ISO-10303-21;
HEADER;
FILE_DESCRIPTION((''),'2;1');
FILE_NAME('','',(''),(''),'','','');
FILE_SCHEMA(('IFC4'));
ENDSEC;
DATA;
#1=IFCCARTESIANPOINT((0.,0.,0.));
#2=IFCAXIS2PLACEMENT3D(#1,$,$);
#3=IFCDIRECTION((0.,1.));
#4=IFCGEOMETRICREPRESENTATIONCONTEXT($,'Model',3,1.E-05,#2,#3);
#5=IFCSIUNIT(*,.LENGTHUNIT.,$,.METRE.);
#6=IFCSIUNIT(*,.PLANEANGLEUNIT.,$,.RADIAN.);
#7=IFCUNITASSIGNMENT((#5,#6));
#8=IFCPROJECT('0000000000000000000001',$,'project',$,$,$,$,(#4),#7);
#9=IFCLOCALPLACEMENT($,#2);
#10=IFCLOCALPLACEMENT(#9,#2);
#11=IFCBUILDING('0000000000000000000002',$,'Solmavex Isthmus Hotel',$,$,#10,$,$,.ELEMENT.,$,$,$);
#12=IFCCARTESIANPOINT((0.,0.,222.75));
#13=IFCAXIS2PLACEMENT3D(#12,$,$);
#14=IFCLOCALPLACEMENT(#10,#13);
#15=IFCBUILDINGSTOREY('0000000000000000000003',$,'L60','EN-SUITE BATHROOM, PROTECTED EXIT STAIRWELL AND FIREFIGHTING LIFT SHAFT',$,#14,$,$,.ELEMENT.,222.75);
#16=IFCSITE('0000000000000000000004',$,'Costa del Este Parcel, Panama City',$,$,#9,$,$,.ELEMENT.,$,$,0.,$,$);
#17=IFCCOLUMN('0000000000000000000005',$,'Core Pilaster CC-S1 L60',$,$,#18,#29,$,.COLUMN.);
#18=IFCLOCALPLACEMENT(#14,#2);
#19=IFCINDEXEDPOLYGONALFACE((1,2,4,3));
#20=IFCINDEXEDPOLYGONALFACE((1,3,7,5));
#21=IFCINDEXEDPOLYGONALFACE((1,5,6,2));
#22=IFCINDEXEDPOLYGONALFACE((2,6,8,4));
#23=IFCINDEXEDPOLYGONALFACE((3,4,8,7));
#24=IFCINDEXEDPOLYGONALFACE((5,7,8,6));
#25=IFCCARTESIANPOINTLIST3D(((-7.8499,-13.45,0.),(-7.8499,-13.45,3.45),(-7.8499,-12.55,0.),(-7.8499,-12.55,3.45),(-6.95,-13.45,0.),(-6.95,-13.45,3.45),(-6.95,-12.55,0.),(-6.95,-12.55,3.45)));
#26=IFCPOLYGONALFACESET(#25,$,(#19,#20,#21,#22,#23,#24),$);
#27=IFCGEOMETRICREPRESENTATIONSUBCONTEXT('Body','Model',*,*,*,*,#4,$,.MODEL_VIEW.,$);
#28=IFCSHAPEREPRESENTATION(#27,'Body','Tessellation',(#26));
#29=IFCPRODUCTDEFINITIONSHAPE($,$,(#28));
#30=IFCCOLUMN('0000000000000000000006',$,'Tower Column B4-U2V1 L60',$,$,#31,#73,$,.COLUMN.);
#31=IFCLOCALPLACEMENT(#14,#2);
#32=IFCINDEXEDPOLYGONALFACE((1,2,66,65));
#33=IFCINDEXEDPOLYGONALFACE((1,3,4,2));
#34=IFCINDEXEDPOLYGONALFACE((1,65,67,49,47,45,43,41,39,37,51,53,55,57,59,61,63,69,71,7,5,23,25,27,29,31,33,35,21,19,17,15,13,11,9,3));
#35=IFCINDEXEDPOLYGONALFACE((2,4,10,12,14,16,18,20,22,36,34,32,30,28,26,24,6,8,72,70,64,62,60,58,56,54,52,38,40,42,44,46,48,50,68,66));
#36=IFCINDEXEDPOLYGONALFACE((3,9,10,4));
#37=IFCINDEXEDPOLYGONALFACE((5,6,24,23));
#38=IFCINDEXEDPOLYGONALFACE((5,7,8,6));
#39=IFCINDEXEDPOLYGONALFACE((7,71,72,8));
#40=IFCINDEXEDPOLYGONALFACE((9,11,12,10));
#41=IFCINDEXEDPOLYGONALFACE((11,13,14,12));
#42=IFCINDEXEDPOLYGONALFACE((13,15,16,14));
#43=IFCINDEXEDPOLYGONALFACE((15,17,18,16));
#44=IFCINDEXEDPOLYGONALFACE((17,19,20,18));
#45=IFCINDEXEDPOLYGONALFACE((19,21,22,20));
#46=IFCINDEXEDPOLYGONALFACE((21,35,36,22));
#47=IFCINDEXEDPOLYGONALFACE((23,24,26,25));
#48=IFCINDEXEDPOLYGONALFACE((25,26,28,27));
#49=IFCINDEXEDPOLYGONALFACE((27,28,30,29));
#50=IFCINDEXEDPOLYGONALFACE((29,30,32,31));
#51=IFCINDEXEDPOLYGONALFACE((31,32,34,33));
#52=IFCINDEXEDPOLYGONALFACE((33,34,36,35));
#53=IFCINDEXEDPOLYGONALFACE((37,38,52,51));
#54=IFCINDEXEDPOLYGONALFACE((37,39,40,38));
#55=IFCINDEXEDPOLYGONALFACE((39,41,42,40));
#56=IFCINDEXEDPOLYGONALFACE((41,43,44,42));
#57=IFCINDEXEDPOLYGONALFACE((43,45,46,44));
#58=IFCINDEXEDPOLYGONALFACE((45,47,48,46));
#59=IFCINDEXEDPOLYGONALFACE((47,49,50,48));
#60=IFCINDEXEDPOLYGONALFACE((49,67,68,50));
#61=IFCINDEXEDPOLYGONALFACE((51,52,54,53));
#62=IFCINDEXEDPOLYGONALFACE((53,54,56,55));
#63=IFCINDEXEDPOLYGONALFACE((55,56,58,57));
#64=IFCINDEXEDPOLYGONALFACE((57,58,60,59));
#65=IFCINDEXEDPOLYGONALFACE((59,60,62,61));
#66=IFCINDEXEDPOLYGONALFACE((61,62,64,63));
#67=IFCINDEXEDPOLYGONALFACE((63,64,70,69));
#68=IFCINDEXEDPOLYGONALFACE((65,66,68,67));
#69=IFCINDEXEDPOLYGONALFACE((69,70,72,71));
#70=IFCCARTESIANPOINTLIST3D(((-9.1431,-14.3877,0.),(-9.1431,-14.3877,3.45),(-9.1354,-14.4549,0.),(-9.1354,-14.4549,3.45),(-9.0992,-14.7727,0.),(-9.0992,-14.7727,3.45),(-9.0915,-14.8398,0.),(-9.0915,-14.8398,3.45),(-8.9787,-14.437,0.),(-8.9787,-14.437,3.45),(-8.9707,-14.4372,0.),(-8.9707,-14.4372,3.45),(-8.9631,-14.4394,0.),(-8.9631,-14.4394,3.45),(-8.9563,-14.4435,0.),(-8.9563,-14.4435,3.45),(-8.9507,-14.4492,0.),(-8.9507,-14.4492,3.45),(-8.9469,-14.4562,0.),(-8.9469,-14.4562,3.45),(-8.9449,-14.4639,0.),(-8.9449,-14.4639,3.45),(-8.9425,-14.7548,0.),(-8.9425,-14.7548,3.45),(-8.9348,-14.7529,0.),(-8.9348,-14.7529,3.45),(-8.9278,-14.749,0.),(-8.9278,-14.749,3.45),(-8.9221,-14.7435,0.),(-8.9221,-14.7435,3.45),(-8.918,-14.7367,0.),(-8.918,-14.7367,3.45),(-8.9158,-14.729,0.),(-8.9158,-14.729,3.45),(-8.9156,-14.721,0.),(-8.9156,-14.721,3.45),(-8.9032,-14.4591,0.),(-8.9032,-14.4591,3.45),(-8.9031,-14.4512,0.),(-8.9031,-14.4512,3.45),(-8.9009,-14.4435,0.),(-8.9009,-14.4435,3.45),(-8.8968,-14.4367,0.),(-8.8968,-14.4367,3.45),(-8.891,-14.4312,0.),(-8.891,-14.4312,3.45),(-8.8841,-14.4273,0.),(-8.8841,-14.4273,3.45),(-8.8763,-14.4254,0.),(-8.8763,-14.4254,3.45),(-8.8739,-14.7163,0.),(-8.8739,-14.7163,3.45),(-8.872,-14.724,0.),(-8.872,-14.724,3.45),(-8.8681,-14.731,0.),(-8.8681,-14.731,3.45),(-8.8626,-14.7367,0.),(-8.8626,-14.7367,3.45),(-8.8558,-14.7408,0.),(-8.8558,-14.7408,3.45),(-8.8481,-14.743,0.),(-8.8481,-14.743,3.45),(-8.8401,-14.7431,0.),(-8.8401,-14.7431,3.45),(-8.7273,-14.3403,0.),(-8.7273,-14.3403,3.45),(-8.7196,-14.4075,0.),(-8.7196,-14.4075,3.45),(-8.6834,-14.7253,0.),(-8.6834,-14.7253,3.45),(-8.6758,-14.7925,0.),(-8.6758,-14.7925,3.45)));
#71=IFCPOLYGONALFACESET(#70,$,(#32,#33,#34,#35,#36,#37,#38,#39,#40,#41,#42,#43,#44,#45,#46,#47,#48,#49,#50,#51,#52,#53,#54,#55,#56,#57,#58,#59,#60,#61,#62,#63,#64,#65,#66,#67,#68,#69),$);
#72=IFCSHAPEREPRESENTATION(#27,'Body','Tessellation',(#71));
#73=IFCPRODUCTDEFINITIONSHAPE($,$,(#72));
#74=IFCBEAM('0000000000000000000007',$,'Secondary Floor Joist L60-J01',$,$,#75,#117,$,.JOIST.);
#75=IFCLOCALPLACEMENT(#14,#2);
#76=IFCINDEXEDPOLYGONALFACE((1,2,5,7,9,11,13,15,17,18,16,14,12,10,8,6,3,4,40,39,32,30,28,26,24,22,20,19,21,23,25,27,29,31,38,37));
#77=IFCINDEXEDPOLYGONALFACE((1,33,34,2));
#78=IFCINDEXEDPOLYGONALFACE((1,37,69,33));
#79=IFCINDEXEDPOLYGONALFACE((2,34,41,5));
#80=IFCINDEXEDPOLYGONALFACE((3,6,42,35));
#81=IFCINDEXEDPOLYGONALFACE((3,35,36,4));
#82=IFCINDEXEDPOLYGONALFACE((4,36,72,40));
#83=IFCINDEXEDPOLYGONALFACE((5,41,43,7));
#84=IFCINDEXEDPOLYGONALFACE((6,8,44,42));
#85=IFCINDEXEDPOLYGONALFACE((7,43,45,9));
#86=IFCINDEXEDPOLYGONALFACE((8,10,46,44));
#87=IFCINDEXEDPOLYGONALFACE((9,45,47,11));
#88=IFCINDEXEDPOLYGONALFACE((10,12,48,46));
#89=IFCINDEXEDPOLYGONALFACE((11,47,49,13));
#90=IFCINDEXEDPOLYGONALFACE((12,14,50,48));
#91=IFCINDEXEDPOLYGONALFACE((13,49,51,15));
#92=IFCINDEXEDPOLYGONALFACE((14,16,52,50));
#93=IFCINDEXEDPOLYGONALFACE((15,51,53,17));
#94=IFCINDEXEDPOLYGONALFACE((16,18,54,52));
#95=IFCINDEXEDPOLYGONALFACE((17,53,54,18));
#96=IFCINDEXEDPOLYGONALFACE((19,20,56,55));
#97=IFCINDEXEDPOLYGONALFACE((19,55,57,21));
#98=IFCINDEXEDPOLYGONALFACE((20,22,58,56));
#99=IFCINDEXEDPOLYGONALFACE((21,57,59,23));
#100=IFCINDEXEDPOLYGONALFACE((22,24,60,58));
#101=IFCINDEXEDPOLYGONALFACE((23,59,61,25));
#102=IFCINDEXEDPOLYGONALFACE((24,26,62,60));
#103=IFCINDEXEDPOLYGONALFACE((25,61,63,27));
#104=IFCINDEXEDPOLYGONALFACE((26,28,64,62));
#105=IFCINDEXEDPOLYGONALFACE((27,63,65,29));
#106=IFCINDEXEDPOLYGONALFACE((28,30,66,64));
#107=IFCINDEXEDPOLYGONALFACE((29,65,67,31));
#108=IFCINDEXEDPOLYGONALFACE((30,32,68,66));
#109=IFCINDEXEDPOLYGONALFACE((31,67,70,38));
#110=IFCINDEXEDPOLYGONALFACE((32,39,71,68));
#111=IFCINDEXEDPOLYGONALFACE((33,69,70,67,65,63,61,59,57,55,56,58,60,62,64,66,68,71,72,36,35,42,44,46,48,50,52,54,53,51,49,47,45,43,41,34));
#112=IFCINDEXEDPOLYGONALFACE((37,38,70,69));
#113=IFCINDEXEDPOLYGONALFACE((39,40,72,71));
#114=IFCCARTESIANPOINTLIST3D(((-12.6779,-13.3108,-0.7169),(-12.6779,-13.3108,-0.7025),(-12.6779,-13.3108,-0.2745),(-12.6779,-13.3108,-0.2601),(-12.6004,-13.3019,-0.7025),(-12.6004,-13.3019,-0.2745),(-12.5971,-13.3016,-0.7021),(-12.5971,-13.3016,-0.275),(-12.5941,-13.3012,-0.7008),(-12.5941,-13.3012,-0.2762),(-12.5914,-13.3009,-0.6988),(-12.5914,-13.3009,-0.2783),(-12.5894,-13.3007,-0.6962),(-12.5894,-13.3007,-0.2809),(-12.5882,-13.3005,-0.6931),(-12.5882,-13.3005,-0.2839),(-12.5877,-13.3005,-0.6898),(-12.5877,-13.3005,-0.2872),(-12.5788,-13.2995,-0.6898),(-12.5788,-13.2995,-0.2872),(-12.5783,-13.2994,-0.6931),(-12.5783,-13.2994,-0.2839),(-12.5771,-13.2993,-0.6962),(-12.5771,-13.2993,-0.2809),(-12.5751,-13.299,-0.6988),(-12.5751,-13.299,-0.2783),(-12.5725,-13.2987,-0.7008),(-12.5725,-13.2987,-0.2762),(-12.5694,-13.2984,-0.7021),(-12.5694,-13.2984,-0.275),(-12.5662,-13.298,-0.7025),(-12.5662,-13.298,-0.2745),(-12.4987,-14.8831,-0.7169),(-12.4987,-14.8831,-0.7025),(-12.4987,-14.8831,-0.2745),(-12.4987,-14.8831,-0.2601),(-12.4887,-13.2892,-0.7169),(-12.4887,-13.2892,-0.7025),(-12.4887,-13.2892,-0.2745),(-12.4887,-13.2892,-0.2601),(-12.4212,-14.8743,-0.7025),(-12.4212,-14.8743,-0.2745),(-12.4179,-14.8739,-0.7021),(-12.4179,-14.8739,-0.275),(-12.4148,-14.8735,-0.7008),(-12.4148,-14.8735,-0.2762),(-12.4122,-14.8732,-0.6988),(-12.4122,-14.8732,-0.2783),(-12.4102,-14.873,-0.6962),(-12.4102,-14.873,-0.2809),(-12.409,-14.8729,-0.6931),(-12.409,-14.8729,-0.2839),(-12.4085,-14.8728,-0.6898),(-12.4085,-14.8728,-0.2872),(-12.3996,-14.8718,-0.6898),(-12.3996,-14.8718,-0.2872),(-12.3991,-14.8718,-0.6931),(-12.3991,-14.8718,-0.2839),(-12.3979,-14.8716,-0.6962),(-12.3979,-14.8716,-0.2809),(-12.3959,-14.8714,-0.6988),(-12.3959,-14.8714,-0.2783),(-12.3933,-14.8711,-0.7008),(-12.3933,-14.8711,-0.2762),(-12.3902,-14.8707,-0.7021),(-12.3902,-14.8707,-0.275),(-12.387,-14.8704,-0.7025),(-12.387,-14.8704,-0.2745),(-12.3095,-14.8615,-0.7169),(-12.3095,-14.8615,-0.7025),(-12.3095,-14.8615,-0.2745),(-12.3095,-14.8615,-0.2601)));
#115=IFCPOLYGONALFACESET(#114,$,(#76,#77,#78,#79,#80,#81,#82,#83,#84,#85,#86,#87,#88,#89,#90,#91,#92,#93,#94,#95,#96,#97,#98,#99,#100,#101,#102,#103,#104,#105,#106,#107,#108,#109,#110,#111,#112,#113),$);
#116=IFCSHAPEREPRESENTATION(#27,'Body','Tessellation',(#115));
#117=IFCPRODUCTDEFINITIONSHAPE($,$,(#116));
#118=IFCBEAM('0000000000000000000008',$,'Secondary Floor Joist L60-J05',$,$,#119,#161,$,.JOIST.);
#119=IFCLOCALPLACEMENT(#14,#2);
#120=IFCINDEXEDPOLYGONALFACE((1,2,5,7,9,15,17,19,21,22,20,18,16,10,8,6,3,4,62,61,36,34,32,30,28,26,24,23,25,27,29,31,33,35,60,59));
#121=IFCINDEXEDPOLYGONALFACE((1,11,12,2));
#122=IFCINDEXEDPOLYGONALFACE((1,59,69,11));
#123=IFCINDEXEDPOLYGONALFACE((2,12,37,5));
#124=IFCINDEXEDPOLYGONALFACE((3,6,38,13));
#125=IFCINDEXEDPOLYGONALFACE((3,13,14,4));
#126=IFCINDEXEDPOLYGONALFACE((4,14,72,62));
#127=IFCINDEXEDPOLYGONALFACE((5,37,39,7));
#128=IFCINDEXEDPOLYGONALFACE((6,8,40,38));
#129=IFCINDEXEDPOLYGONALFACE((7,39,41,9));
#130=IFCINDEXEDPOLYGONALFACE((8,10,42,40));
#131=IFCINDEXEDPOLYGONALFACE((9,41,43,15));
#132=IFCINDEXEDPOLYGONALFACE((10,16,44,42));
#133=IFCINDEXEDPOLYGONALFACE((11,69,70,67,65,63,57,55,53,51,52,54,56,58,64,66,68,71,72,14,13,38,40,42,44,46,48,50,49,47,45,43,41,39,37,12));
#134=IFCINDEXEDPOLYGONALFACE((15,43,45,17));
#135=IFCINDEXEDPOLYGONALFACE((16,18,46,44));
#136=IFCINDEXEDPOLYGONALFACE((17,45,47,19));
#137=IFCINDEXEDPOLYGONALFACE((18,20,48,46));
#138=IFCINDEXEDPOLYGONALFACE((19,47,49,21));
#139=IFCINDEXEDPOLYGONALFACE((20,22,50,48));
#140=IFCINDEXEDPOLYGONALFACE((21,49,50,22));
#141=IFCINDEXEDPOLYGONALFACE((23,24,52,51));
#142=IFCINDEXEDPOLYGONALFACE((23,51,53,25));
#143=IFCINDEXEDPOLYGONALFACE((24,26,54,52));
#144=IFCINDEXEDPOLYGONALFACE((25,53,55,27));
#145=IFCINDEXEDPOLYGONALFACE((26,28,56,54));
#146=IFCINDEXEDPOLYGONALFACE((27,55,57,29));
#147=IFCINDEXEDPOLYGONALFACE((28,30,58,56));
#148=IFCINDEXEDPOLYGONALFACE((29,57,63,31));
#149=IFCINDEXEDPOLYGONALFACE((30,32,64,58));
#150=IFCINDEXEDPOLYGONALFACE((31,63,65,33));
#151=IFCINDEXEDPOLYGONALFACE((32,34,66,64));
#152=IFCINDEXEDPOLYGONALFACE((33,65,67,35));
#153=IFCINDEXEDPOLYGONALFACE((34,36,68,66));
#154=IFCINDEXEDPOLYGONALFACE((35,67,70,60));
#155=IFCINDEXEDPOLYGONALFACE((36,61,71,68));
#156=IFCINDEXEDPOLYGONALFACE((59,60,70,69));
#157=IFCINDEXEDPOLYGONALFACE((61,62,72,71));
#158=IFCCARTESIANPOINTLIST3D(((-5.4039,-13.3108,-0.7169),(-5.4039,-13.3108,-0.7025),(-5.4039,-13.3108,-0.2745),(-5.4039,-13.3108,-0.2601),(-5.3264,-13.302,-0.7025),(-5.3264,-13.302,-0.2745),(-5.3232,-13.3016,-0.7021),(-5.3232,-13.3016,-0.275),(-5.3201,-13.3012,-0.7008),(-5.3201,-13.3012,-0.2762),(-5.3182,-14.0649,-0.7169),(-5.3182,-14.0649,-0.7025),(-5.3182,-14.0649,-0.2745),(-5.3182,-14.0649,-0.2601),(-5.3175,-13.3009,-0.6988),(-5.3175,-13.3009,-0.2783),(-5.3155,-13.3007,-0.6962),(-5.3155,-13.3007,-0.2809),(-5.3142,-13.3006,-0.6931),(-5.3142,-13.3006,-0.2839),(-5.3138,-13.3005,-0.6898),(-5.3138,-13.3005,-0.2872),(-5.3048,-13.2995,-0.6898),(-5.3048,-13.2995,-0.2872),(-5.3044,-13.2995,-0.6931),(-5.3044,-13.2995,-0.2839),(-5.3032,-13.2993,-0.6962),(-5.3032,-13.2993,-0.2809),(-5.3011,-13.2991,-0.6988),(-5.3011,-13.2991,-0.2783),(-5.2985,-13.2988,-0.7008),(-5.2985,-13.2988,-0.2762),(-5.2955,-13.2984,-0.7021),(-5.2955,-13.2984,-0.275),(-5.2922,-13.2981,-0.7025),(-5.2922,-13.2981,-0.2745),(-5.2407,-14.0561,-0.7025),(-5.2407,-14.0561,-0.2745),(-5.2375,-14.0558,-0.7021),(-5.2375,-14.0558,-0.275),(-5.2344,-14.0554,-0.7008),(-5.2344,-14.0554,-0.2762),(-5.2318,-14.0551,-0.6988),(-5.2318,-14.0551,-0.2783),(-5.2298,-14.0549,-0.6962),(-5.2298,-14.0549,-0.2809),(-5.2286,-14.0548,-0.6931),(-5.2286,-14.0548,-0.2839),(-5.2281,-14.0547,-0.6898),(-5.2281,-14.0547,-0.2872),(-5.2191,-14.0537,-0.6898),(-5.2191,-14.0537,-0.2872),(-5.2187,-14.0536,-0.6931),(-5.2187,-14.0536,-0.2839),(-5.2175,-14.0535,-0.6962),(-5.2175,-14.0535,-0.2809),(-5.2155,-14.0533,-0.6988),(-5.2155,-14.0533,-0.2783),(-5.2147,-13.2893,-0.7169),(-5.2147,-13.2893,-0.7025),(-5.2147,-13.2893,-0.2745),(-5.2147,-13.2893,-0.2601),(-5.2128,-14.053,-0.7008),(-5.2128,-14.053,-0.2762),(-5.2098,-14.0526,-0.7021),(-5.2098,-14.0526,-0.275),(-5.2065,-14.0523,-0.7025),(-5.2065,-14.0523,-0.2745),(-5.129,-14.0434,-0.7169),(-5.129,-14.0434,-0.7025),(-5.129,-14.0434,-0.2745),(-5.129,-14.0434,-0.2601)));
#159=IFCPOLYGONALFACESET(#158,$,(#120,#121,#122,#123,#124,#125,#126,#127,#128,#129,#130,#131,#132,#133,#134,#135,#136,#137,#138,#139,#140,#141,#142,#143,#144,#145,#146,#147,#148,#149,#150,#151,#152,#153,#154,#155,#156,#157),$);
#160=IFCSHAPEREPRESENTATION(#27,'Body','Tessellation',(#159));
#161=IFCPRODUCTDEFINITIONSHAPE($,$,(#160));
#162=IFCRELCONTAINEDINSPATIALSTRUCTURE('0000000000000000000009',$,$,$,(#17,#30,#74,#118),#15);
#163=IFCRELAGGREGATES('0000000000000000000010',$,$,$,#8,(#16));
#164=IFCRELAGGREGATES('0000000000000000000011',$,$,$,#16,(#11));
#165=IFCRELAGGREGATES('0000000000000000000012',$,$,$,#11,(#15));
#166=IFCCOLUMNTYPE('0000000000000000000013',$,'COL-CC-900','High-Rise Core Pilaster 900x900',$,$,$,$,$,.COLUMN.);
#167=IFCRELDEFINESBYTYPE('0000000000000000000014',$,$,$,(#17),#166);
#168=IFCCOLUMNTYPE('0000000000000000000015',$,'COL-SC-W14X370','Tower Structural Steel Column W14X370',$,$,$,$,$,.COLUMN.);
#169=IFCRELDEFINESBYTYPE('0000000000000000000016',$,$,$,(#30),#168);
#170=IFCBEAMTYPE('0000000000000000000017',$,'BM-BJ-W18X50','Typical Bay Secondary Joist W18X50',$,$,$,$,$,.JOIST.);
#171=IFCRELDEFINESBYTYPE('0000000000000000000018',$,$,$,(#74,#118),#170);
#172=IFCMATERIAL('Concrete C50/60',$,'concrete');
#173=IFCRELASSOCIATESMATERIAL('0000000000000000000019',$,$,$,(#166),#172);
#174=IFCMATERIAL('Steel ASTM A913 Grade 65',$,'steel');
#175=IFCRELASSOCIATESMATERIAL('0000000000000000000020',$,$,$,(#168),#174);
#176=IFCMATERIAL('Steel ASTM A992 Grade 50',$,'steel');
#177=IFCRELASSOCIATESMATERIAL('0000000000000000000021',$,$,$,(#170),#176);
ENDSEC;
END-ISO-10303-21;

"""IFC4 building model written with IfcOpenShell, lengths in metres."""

from ifc_helpers import new_model, si_unit, direction, frame, origin, origin_2d, place, context, subcontext, project, spatial, rectangle, i_section, extrude, material, material_profile, profile_set, type_object, element, save


model = new_model("IFC4")

# Units and contexts
model_context = context("Model", 3, precision=1e-05, world=origin(), true_north=direction((0.0, 1.0)))
body_context = subcontext(model_context, "Body", "Model", "MODEL_VIEW")
ifc_project = project(units=[si_unit("LENGTHUNIT", "METRE"), si_unit("PLANEANGLEUNIT", "RADIAN")], contexts=[model_context])

# Site, building, storey
site_placement = place(None, origin())
site = spatial("IfcSite", under=ifc_project, at=site_placement, Name="Costa del Este Parcel, Panama City", CompositionType="ELEMENT", RefElevation=0.0)
building_placement = place(site_placement, origin())
building = spatial("IfcBuilding", under=site, at=building_placement, Name="Solmavex Isthmus Hotel", CompositionType="ELEMENT")
storey_placement = place(building_placement, frame((0.0, 0.0, 222.75)))
storey = spatial("IfcBuildingStorey", under=building, at=storey_placement, Name="L60", Description="EN-SUITE BATHROOM, PROTECTED EXIT STAIRWELL AND FIREFIGHTING LIFT SHAFT", CompositionType="ELEMENT", Elevation=222.75)

# Columns
ifc_material_1 = material(Name="Concrete C50/60", Category="concrete")
ifc_material_profile_1 = material_profile(ifc_material_1, rectangle(XDim=0.8999, YDim=0.8999, at=origin_2d()), Name="RC900X900")
ifc_profile_set_1 = profile_set([ifc_material_profile_1], Name="Concrete C50/60")
column_type_1 = type_object("IfcColumnType", Name="COL-CC-900", Description="High-Rise Core Pilaster 900x900", PredefinedType="COLUMN", material=ifc_profile_set_1)
column_1_placement = place(storey_placement, frame((-7.3999, -13.0, 0.0), z_axis=(0.0, 0.0, 1.0), x_axis=(1.0, 0.0, 0.0)))
element("IfcColumn", 1, at=column_1_placement, inside=storey, type_object=column_type_1, Name="Core Pilaster CC-S1 L60", PredefinedType="COLUMN", context=body_context, shape_type="SweptSolid", body=[
    extrude(rectangle(XDim=0.8999, YDim=0.8999, at=origin_2d()), origin(), (0.0, 0.0, 1.0), 3.45),
])
ifc_material_2 = material(Name="Steel ASTM A913 Grade 65", Category="steel")
ifc_material_profile_2 = material_profile(ifc_material_2, i_section(OverallWidth=0.4185, OverallDepth=0.4551, WebThickness=0.042, FlangeThickness=0.0676, FilletRadius=0.0305, at=origin_2d()), Name="W14X370")
ifc_profile_set_2 = profile_set([ifc_material_profile_2], Name="Steel ASTM A913 Grade 65")
column_type_2 = type_object("IfcColumnType", Name="COL-SC-W14X370", Description="Tower Structural Steel Column W14X370", PredefinedType="COLUMN", material=ifc_profile_set_2)
column_2_placement = place(storey_placement, frame((-8.9094, -14.5901, 0.0), z_axis=(0.0, 0.0, 1.0), x_axis=(0.993572, 0.113203, 0.0)))
element("IfcColumn", 2, at=column_2_placement, inside=storey, type_object=column_type_2, Name="Tower Column B4-U2V1 L60", PredefinedType="COLUMN", context=body_context, shape_type="SweptSolid", body=[
    extrude(i_section(OverallWidth=0.4185, OverallDepth=0.4551, WebThickness=0.042, FlangeThickness=0.0676, FilletRadius=0.0305, at=origin_2d()), origin(), (0.0, 0.0, 1.0), 3.45),
])

# Beams
ifc_material_3 = material(Name="Steel ASTM A992 Grade 50", Category="steel")
ifc_material_profile_3 = material_profile(ifc_material_3, i_section(OverallWidth=0.1904, OverallDepth=0.4568, WebThickness=0.009, FlangeThickness=0.0144, FilletRadius=0.0127, at=origin_2d()), Name="W18X50")
ifc_profile_set_3 = profile_set([ifc_material_profile_3], Name="Steel ASTM A992 Grade 50")
beam_type_1 = type_object("IfcBeamType", Name="BM-BJ-W18X50", Description="Typical Bay Secondary Joist W18X50", PredefinedType="JOIST", material=ifc_profile_set_3)
beam_1_placement = place(storey_placement, frame((-12.4041, -14.8723, -0.4885), z_axis=(-0.113242, 0.993567, 0.0), x_axis=(-0.993567, -0.113242, 0.0)))
element("IfcBeam", 3, at=beam_1_placement, inside=storey, type_object=beam_type_1, Name="Secondary Floor Joist L60-J01", PredefinedType="JOIST", context=body_context, shape_type="SweptSolid", body=[
    extrude(i_section(OverallWidth=0.1904, OverallDepth=0.4568, WebThickness=0.009, FlangeThickness=0.0144, FilletRadius=0.0127, at=origin_2d()), origin(), (0.0, 0.0, 1.0), 1.5825),
])
beam_2_placement = place(storey_placement, frame((-5.2236, -14.0542, -0.4885), z_axis=(-0.112902, 0.993606, 0.0), x_axis=(-0.993606, -0.112902, 0.0)))
element("IfcBeam", 4, at=beam_2_placement, inside=storey, type_object=beam_type_1, Name="Secondary Floor Joist L60-J05", PredefinedType="JOIST", context=body_context, shape_type="SweptSolid", body=[
    extrude(i_section(OverallWidth=0.1904, OverallDepth=0.4568, WebThickness=0.009, FlangeThickness=0.0144, FilletRadius=0.0127, at=origin_2d()), origin(), (0.0, 0.0, 1.0), 0.759),
])

save(model, "model.ifc")
